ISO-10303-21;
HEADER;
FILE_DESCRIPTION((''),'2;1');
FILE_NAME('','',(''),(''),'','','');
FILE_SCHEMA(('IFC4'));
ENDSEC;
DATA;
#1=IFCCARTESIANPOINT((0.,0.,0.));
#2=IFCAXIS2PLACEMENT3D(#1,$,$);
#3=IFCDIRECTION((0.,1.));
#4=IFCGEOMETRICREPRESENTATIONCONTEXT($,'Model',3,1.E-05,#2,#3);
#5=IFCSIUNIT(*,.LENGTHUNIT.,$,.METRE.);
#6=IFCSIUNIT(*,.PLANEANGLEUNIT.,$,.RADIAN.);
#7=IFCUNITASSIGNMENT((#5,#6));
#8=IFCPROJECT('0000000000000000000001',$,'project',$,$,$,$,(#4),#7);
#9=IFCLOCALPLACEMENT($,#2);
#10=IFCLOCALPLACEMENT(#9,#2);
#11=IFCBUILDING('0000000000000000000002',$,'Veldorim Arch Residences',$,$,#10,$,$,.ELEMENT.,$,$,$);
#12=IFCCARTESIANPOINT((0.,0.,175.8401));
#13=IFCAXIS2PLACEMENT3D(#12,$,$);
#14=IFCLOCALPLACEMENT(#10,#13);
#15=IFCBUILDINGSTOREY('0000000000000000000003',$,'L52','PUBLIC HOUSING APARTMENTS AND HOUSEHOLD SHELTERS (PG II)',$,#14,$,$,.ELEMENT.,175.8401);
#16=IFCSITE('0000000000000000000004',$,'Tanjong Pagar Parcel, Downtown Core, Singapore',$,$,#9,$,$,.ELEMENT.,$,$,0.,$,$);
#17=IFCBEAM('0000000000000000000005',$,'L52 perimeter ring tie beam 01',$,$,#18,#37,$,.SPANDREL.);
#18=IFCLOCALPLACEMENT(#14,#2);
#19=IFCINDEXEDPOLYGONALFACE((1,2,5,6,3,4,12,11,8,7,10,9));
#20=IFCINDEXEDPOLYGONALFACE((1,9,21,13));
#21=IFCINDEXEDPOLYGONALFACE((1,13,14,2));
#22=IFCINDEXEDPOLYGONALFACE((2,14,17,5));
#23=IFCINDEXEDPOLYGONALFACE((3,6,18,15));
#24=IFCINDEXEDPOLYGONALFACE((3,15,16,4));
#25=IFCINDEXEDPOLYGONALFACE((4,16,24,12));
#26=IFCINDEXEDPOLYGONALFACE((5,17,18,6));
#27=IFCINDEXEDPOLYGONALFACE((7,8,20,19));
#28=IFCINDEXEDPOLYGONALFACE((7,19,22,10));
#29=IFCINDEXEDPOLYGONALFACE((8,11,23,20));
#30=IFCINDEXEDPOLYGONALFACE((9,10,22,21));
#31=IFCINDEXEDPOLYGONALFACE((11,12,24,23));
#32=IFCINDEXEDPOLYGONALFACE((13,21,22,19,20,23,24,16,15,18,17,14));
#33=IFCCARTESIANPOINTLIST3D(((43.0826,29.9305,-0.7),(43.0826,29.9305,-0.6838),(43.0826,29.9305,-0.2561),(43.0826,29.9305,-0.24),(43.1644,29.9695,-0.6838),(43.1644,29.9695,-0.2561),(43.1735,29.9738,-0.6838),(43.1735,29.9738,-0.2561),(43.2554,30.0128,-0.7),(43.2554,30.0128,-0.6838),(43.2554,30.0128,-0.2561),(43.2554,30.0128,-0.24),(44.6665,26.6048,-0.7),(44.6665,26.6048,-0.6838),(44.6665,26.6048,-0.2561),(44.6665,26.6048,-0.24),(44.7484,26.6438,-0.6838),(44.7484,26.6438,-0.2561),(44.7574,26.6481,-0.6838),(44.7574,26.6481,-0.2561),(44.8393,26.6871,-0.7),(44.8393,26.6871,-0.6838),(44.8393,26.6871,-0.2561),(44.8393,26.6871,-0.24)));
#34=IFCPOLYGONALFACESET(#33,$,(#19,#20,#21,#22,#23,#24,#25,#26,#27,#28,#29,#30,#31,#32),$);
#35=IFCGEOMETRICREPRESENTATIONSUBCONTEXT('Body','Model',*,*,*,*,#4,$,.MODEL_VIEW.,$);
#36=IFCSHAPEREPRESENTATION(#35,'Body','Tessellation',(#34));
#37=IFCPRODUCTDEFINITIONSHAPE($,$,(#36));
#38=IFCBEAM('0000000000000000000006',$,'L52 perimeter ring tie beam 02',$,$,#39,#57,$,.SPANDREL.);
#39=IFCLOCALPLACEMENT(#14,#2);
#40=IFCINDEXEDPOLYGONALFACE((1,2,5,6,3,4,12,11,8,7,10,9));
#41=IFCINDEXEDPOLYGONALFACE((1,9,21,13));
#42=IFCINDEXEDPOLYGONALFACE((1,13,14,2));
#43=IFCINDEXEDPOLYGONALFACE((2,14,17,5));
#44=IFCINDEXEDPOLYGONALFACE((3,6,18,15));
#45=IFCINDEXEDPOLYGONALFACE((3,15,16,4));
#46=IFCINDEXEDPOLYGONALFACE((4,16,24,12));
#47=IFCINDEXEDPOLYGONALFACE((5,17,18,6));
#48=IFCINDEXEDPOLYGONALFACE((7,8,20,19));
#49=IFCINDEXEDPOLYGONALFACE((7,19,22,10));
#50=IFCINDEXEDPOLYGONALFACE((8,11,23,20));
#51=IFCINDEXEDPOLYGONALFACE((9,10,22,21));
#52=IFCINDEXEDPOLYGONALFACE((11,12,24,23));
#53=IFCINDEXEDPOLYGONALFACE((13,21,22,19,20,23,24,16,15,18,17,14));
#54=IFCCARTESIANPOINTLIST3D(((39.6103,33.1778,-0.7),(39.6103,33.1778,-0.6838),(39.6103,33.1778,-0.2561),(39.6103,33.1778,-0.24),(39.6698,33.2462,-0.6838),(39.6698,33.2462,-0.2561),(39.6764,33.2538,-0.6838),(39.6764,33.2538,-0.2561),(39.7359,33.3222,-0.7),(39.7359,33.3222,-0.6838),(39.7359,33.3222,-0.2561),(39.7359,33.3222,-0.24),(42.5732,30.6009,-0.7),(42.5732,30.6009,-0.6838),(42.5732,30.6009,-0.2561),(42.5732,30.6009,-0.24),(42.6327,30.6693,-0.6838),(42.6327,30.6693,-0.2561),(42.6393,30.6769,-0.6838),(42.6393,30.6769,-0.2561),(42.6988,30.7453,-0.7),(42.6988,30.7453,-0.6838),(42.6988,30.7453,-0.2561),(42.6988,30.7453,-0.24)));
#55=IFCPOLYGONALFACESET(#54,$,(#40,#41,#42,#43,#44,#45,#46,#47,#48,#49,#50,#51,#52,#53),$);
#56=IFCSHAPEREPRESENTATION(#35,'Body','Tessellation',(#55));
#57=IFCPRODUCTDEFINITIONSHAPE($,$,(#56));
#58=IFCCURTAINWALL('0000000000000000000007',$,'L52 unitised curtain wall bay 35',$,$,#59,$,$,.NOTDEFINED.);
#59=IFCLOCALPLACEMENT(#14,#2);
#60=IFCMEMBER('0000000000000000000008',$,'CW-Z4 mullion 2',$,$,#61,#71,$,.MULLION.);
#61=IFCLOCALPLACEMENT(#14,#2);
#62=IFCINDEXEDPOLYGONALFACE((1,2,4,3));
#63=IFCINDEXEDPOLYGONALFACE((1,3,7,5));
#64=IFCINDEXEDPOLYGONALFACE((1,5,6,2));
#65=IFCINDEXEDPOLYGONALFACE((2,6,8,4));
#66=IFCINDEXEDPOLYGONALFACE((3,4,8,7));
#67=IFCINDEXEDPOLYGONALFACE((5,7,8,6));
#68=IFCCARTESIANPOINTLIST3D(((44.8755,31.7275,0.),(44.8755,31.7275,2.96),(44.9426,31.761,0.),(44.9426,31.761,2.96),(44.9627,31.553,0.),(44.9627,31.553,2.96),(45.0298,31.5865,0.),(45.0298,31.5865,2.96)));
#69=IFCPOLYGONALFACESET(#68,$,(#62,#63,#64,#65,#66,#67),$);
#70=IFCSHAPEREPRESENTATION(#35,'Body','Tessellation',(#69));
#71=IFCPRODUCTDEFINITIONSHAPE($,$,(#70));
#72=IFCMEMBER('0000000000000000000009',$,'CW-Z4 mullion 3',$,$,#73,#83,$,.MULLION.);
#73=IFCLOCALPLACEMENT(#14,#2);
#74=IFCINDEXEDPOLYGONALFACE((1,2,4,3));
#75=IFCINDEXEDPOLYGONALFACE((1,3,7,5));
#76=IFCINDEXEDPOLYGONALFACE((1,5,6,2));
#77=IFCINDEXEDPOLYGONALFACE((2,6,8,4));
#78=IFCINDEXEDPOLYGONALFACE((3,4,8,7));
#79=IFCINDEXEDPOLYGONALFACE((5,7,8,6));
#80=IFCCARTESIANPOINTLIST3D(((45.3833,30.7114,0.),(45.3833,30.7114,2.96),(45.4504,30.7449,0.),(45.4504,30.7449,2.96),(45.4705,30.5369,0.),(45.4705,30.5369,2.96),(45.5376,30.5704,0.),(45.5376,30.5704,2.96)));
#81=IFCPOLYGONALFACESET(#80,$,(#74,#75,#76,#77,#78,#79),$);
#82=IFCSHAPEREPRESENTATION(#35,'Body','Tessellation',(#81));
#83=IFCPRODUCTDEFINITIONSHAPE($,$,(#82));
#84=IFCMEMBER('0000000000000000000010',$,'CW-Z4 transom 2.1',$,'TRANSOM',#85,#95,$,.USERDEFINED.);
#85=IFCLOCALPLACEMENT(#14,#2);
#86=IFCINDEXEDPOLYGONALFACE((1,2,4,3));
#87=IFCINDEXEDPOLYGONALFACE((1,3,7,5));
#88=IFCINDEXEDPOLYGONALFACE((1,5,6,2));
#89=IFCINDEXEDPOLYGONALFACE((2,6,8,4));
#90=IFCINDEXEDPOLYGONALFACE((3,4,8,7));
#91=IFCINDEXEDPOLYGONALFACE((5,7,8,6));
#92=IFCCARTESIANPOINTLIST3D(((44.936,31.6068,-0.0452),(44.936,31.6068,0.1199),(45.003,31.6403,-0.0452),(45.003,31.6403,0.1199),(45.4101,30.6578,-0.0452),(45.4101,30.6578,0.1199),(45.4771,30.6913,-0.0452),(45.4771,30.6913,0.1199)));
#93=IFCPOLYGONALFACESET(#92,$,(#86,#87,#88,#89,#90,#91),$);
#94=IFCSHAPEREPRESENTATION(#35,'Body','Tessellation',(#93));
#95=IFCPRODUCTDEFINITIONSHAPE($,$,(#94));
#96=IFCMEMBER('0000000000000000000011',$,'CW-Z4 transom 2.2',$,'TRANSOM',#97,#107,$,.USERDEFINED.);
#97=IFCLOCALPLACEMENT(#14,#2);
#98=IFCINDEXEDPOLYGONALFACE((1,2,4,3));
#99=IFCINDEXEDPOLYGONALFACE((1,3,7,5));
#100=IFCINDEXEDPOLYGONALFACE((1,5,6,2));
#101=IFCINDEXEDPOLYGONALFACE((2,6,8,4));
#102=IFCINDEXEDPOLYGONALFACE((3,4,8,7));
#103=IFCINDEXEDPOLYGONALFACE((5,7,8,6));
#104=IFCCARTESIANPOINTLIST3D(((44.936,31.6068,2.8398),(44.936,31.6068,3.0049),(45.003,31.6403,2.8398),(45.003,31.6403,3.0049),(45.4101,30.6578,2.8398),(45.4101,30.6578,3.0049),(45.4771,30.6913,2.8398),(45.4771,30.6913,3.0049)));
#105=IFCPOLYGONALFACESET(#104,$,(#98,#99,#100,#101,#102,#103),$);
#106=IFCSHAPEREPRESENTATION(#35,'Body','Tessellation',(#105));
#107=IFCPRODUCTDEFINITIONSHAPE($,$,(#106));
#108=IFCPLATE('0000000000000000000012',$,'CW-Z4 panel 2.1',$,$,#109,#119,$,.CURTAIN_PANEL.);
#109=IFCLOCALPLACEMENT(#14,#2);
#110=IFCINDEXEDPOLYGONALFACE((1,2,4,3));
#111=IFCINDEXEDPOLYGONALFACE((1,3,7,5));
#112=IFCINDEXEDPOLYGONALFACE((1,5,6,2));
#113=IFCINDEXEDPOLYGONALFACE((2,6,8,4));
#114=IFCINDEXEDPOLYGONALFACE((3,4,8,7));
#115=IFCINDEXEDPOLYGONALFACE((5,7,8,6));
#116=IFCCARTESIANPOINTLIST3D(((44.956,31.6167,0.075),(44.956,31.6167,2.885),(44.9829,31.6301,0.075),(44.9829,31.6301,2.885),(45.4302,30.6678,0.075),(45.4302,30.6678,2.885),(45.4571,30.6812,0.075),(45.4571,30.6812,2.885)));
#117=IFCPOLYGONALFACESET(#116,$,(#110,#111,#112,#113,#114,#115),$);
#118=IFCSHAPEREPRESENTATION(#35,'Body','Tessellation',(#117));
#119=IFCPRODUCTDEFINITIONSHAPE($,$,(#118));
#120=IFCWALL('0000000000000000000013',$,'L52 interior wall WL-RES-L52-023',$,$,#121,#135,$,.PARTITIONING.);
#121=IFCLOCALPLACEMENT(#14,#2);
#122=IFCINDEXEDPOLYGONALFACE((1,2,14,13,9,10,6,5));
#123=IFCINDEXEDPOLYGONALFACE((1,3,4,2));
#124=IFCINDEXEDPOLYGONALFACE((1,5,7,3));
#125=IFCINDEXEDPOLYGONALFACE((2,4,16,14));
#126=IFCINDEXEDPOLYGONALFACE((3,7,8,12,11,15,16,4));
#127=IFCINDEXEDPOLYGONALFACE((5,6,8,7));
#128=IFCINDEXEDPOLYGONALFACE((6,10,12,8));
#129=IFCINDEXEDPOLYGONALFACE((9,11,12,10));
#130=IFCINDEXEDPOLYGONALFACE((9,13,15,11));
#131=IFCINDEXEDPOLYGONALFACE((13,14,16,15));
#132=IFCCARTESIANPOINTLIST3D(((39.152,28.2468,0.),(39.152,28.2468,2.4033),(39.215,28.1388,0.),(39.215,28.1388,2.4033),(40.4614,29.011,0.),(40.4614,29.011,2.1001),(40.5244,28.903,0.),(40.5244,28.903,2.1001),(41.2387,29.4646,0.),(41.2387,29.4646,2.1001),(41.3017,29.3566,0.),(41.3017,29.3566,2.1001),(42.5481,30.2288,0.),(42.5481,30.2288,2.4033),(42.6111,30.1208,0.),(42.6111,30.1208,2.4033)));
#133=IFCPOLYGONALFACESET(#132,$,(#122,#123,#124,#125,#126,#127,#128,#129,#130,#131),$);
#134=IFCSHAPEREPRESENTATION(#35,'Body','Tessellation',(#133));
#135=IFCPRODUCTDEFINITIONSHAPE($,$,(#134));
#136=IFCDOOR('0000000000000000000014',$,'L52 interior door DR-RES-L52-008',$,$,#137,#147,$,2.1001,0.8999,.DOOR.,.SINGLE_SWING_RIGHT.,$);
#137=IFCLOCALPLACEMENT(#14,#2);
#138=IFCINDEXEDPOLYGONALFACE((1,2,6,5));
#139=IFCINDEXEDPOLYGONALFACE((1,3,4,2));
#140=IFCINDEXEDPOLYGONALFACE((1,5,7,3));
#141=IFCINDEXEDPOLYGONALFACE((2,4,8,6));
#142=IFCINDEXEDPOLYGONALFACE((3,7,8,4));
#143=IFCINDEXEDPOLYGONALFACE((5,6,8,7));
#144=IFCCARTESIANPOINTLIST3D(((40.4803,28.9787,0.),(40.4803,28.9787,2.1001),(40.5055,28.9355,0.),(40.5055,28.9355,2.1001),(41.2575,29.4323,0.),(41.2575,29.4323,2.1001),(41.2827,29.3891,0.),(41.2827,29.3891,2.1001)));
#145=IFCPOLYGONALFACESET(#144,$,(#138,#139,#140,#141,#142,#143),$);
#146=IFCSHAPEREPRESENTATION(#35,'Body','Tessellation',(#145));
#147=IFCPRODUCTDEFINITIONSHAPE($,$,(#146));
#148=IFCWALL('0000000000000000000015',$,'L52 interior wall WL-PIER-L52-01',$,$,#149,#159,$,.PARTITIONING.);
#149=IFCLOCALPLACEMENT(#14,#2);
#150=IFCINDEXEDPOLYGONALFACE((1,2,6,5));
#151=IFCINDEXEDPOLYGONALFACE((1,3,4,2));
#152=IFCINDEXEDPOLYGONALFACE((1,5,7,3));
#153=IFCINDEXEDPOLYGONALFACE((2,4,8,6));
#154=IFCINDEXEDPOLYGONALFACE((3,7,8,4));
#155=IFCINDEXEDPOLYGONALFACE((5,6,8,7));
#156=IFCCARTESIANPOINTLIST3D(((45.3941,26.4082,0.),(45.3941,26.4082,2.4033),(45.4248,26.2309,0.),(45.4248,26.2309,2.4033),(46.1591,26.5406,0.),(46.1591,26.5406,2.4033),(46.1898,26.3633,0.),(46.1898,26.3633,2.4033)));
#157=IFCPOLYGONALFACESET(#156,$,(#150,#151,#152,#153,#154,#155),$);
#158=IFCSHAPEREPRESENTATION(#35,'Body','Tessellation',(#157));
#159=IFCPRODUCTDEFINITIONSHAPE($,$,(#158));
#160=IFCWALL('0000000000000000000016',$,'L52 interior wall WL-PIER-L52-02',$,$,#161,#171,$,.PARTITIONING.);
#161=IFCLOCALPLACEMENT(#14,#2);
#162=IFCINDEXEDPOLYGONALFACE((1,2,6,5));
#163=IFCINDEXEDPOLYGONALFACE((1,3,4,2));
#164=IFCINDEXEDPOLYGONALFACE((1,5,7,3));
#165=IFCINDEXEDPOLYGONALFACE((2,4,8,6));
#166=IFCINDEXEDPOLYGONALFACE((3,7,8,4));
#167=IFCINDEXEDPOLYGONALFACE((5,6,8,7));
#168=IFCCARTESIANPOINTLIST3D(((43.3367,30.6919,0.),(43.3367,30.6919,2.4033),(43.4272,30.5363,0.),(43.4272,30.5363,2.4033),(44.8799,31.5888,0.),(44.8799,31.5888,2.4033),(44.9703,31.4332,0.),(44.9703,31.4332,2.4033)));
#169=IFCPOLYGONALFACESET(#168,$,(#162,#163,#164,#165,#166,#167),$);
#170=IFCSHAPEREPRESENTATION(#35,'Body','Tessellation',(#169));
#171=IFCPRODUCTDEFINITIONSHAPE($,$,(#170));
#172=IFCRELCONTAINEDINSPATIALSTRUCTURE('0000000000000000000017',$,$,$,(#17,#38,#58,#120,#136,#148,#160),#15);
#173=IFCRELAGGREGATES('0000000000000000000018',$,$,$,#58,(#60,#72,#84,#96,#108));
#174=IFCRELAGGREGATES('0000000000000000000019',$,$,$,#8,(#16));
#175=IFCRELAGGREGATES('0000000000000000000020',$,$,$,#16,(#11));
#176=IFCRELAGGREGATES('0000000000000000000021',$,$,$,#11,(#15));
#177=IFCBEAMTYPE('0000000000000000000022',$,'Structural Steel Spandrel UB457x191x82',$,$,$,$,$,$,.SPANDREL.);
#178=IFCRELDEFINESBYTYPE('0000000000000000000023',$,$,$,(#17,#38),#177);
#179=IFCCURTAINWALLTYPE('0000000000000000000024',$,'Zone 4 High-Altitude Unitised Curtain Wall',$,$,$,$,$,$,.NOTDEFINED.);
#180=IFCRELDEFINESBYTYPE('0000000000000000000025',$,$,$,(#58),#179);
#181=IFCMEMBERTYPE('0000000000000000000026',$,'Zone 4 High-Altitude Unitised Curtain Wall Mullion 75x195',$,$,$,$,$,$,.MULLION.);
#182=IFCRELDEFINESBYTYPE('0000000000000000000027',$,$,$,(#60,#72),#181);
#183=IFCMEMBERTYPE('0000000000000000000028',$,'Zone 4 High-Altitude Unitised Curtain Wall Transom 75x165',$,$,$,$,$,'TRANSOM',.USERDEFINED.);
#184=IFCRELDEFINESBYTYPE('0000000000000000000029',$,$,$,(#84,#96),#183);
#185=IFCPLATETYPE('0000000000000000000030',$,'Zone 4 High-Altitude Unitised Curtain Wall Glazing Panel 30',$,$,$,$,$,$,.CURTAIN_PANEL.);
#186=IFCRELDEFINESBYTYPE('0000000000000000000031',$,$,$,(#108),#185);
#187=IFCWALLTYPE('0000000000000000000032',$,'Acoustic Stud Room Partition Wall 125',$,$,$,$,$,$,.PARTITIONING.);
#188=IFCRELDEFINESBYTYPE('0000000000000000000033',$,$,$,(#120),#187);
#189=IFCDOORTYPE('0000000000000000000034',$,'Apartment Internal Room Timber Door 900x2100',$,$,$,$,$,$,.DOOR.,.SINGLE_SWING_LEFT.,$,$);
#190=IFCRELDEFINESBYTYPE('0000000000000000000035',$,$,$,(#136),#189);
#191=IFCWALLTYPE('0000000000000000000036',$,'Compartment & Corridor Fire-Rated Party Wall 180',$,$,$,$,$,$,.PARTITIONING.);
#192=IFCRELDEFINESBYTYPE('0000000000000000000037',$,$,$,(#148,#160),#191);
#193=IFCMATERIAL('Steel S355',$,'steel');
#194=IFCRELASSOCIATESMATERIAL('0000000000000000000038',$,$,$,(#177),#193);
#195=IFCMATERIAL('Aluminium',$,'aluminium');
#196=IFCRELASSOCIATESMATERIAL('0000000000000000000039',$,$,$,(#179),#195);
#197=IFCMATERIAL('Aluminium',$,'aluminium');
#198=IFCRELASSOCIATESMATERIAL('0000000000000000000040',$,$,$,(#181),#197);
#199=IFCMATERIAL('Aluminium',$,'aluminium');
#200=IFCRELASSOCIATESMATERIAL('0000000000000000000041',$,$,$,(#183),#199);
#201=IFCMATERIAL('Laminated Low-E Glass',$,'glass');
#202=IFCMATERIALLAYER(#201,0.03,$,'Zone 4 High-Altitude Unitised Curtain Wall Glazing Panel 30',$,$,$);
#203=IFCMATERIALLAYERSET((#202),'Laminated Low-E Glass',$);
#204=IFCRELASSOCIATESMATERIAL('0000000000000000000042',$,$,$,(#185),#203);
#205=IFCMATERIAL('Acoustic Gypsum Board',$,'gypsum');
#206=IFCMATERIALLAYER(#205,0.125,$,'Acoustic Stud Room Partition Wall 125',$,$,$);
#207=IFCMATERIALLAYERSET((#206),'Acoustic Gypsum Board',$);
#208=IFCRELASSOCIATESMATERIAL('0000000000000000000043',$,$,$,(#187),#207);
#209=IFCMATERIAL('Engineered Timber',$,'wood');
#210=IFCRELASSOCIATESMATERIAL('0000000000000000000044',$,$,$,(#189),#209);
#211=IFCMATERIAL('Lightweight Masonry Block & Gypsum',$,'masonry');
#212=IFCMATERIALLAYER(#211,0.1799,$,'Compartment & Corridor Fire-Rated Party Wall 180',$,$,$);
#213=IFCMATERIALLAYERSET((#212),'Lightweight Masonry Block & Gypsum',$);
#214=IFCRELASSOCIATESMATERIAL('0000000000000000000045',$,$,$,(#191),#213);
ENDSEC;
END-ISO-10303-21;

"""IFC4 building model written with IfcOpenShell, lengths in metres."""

from ifc_helpers import new_model, si_unit, direction, frame, frame_2d, origin, origin_2d, place, context, subcontext, project, spatial, rectangle, i_section, extrude, material, layer, layer_set, material_profile, profile_set, type_object, element, fill, aggregate, save


model = new_model("IFC4")

# Units and contexts
model_context = context("Model", 3, precision=1e-05, world=origin(), true_north=direction((0.0, 1.0)))
body_context = subcontext(model_context, "Body", "Model", "MODEL_VIEW")
ifc_project = project(units=[si_unit("LENGTHUNIT", "METRE"), si_unit("PLANEANGLEUNIT", "RADIAN")], contexts=[model_context])

# Site, building, storey
site_placement = place(None, origin())
site = spatial("IfcSite", under=ifc_project, at=site_placement, Name="Tanjong Pagar Parcel, Downtown Core, Singapore", CompositionType="ELEMENT", RefElevation=0.0)
building_placement = place(site_placement, origin())
building = spatial("IfcBuilding", under=site, at=building_placement, Name="Veldorim Arch Residences", CompositionType="ELEMENT")
storey_placement = place(building_placement, frame((0.0, 0.0, 175.8401)))
storey = spatial("IfcBuildingStorey", under=building, at=storey_placement, Name="L52", Description="PUBLIC HOUSING APARTMENTS AND HOUSEHOLD SHELTERS (PG II)", CompositionType="ELEMENT", Elevation=175.8401)

# Beams
ifc_material_1 = material(Name="Steel S355", Category="steel")
ifc_material_profile_1 = material_profile(ifc_material_1, i_section(OverallWidth=0.1914, OverallDepth=0.46, WebThickness=0.01, FlangeThickness=0.0161, at=origin_2d()), Name="UB457x191x82")
ifc_profile_set_1 = profile_set([ifc_material_profile_1], Name="Steel S355")
beam_type_1 = type_object("IfcBeamType", Name="Structural Steel Spandrel UB457x191x82", PredefinedType="SPANDREL", material=ifc_profile_set_1)
beam_1_placement = place(storey_placement, frame((44.7529, 26.646, -0.47), z_axis=(-0.430006, 0.902826, 0.0), x_axis=(-0.902826, -0.430006, 0.0)))
element("IfcBeam", 1, at=beam_1_placement, inside=storey, type_object=beam_type_1, Name="L52 perimeter ring tie beam 01", PredefinedType="SPANDREL", context=body_context, shape_type="SweptSolid", body=[
    extrude(i_section(OverallWidth=0.1914, OverallDepth=0.46, WebThickness=0.01, FlangeThickness=0.0161, at=origin_2d()), origin(), (0.0, 0.0, 1.0), 3.6836),
])
beam_2_placement = place(storey_placement, frame((42.636, 30.6731, -0.47), z_axis=(-0.754545, 0.656248, 0.0), x_axis=(-0.656248, -0.754545, 0.0)))
element("IfcBeam", 2, at=beam_2_placement, inside=storey, type_object=beam_type_1, Name="L52 perimeter ring tie beam 02", PredefinedType="SPANDREL", context=body_context, shape_type="SweptSolid", body=[
    extrude(i_section(OverallWidth=0.1914, OverallDepth=0.46, WebThickness=0.01, FlangeThickness=0.0161, at=origin_2d()), origin(), (0.0, 0.0, 1.0), 3.9268),
])

# Curtain wall, members, plate
ifc_material_2 = material(Name="Aluminium", Category="aluminium")
curtain_wall_type = type_object("IfcCurtainWallType", Name="Zone 4 High-Altitude Unitised Curtain Wall", PredefinedType="NOTDEFINED", material=ifc_material_2)
curtain_wall_placement = place(storey_placement, origin())
curtain_wall = element("IfcCurtainWall", 3, at=curtain_wall_placement, inside=storey, type_object=curtain_wall_type, Name="L52 unitised curtain wall bay 35", PredefinedType="NOTDEFINED")
ifc_material_3 = material(Name="Aluminium", Category="aluminium")
ifc_material_profile_2 = material_profile(ifc_material_3, rectangle(XDim=0.075, YDim=0.1951, at=origin_2d()), Name="ALU_MUL_75x195")
ifc_profile_set_2 = profile_set([ifc_material_profile_2], Name="Aluminium")
member_type_1 = type_object("IfcMemberType", Name="Zone 4 High-Altitude Unitised Curtain Wall Mullion 75x195", PredefinedType="MULLION", material=ifc_profile_set_2)
member_1_placement = place(storey_placement, frame((44.9526, 31.657, 0.0), z_axis=(0.0, 0.0, 1.0), x_axis=(0.894538, 0.446992, 0.0)))
member_1 = element("IfcMember", 4, at=member_1_placement, type_object=member_type_1, Name="CW-Z4 mullion 2", PredefinedType="MULLION", context=body_context, shape_type="SweptSolid", body=[
    extrude(rectangle(XDim=0.075, YDim=0.1951, at=origin_2d()), origin(), (0.0, 0.0, 1.0), 2.96),
])
member_2_placement = place(storey_placement, frame((45.4604, 30.6409, 0.0), z_axis=(0.0, 0.0, 1.0), x_axis=(0.894538, 0.446992, 0.0)))
member_2 = element("IfcMember", 5, at=member_2_placement, type_object=member_type_1, Name="CW-Z4 mullion 3", PredefinedType="MULLION", context=body_context, shape_type="SweptSolid", body=[
    extrude(rectangle(XDim=0.075, YDim=0.1951, at=origin_2d()), origin(), (0.0, 0.0, 1.0), 2.96),
])
ifc_material_4 = material(Name="Aluminium", Category="aluminium")
ifc_material_profile_3 = material_profile(ifc_material_4, rectangle(XDim=0.075, YDim=0.165, at=origin_2d()), Name="ALU_TRN_75x165")
ifc_profile_set_3 = profile_set([ifc_material_profile_3], Name="Aluminium")
member_type_2 = type_object("IfcMemberType", Name="Zone 4 High-Altitude Unitised Curtain Wall Transom 75x165", ElementType="TRANSOM", PredefinedType="USERDEFINED", material=ifc_profile_set_3)
member_3_placement = place(storey_placement, frame((44.9695, 31.6235, 0.0374), z_axis=(0.446937, -0.894565, 0.0), x_axis=(0.894565, 0.446937, 0.0)))
member_3 = element("IfcMember", 6, at=member_3_placement, type_object=member_type_2, Name="CW-Z4 transom 2.1", ObjectType="TRANSOM", PredefinedType="USERDEFINED", context=body_context, shape_type="SweptSolid", body=[
    extrude(rectangle(XDim=0.075, YDim=0.165, at=origin_2d()), origin(), (0.0, 0.0, 1.0), 1.0608),
])
member_4_placement = place(storey_placement, frame((44.9695, 31.6235, 2.9224), z_axis=(0.446937, -0.894565, 0.0), x_axis=(0.894565, 0.446937, 0.0)))
member_4 = element("IfcMember", 7, at=member_4_placement, type_object=member_type_2, Name="CW-Z4 transom 2.2", ObjectType="TRANSOM", PredefinedType="USERDEFINED", context=body_context, shape_type="SweptSolid", body=[
    extrude(rectangle(XDim=0.075, YDim=0.165, at=origin_2d()), origin(), (0.0, 0.0, 1.0), 1.0608),
])
ifc_material_5 = material(Name="Laminated Low-E Glass", Category="glass")
ifc_layer_1 = layer(ifc_material_5, 0.03, Name="Zone 4 High-Altitude Unitised Curtain Wall Glazing Panel 30")
ifc_layer_set_1 = layer_set([ifc_layer_1], Name="Laminated Low-E Glass")
plate_type = type_object("IfcPlateType", Name="Zone 4 High-Altitude Unitised Curtain Wall Glazing Panel 30", PredefinedType="CURTAIN_PANEL", material=ifc_layer_set_1)
plate_placement = place(storey_placement, frame((45.2065, 31.1489, 0.075), z_axis=(0.0, 0.0, 1.0), x_axis=(0.446992, -0.894538, 0.0)))
plate = element("IfcPlate", 8, at=plate_placement, type_object=plate_type, Name="CW-Z4 panel 2.1", PredefinedType="CURTAIN_PANEL", context=body_context, shape_type="SweptSolid", body=[
    extrude(rectangle(XDim=1.0608, YDim=0.03, at=origin_2d()), origin(), (0.0, 0.0, 1.0), 2.8101),
])
aggregate(curtain_wall, [member_1, member_2, member_3, member_4, plate])

# Wall, opening, door
ifc_material_6 = material(Name="Acoustic Gypsum Board", Category="gypsum")
ifc_layer_2 = layer(ifc_material_6, 0.125, Name="Acoustic Stud Room Partition Wall 125")
ifc_layer_set_2 = layer_set([ifc_layer_2], Name="Acoustic Gypsum Board")
wall_type_1 = type_object("IfcWallType", Name="Acoustic Stud Room Partition Wall 125", PredefinedType="PARTITIONING", material=ifc_layer_set_2)
wall_1_placement = place(storey_placement, frame((42.5796, 30.1748, 0.0), z_axis=(0.0, 0.0, 1.0), x_axis=(-0.863675, -0.504049, 0.0)))
wall_1 = element("IfcWall", 9, at=wall_1_placement, inside=storey, type_object=wall_type_1, Name="L52 interior wall WL-RES-L52-023", PredefinedType="PARTITIONING", context=body_context, shape_type="SweptSolid", body=[
    extrude(rectangle(XDim=3.9321, YDim=0.125, at=frame_2d((1.9661, 0.0))), origin(), (0.0, 0.0, 1.0), 2.4033),
])
opening_1_placement = place(wall_1_placement, frame((1.5161, 0.0, 0.0)))
opening_1 = element("IfcOpeningElement", 10, at=opening_1_placement, cuts=wall_1, PredefinedType="OPENING", context=body_context, shape_type="SweptSolid", body=[
    extrude(rectangle(XDim=0.8999, YDim=2.1001, at=frame_2d((0.45, 1.05))), frame((0.0, 0.0725, 0.0), z_axis=(0.0, -1.0, 0.0), x_axis=(1.0, 0.0, 0.0)), (0.0, 0.0, 1.0), 0.145),
])
ifc_material_7 = material(Name="Engineered Timber", Category="wood")
door_type = type_object("IfcDoorType", Name="Apartment Internal Room Timber Door 900x2100", OperationType="SINGLE_SWING_LEFT", PredefinedType="DOOR", material=ifc_material_7)
door_placement = place(opening_1_placement, origin())
door = element("IfcDoor", 11, at=door_placement, inside=storey, type_object=door_type, Name="L52 interior door DR-RES-L52-008", OperationType="SINGLE_SWING_RIGHT", OverallHeight=2.1001, OverallWidth=0.8999, PredefinedType="DOOR", context=body_context, shape_type="SweptSolid", body=[
    extrude(rectangle(XDim=0.8999, YDim=2.1001, at=frame_2d((0.45, 1.05))), frame((0.0, 0.0249, 0.0), z_axis=(0.0, -1.0, 0.0), x_axis=(1.0, 0.0, 0.0)), (0.0, 0.0, 1.0), 0.05),
])
fill(opening_1, door)

# Walls
ifc_material_8 = material(Name="Lightweight Masonry Block & Gypsum", Category="masonry")
ifc_layer_3 = layer(ifc_material_8, 0.1799, Name="Compartment & Corridor Fire-Rated Party Wall 180")
ifc_layer_set_3 = layer_set([ifc_layer_3], Name="Lightweight Masonry Block & Gypsum")
wall_type_2 = type_object("IfcWallType", Name="Compartment & Corridor Fire-Rated Party Wall 180", PredefinedType="PARTITIONING", material=ifc_layer_set_3)
wall_2_placement = place(storey_placement, frame((45.4094, 26.3196, 0.0), z_axis=(0.0, 0.0, 1.0), x_axis=(0.985364, 0.170465, 0.0)))
element("IfcWall", 12, at=wall_2_placement, inside=storey, type_object=wall_type_2, Name="L52 interior wall WL-PIER-L52-01", PredefinedType="PARTITIONING", context=body_context, shape_type="SweptSolid", body=[
    extrude(rectangle(XDim=0.7764, YDim=0.1799, at=frame_2d((0.3882, 0.0))), origin(), (0.0, 0.0, 1.0), 2.4033),
])
wall_3_placement = place(storey_placement, frame((43.3818, 30.614, 0.0), z_axis=(0.0, 0.0, 1.0), x_axis=(0.864567, 0.502518, 0.0)))
element("IfcWall", 13, at=wall_3_placement, inside=storey, type_object=wall_type_2, Name="L52 interior wall WL-PIER-L52-02", PredefinedType="PARTITIONING", context=body_context, shape_type="SweptSolid", body=[
    extrude(rectangle(XDim=1.7849, YDim=0.1799, at=frame_2d((0.8926, 0.0))), origin(), (0.0, 0.0, 1.0), 2.4033),
])

save(model, "model.ifc")
